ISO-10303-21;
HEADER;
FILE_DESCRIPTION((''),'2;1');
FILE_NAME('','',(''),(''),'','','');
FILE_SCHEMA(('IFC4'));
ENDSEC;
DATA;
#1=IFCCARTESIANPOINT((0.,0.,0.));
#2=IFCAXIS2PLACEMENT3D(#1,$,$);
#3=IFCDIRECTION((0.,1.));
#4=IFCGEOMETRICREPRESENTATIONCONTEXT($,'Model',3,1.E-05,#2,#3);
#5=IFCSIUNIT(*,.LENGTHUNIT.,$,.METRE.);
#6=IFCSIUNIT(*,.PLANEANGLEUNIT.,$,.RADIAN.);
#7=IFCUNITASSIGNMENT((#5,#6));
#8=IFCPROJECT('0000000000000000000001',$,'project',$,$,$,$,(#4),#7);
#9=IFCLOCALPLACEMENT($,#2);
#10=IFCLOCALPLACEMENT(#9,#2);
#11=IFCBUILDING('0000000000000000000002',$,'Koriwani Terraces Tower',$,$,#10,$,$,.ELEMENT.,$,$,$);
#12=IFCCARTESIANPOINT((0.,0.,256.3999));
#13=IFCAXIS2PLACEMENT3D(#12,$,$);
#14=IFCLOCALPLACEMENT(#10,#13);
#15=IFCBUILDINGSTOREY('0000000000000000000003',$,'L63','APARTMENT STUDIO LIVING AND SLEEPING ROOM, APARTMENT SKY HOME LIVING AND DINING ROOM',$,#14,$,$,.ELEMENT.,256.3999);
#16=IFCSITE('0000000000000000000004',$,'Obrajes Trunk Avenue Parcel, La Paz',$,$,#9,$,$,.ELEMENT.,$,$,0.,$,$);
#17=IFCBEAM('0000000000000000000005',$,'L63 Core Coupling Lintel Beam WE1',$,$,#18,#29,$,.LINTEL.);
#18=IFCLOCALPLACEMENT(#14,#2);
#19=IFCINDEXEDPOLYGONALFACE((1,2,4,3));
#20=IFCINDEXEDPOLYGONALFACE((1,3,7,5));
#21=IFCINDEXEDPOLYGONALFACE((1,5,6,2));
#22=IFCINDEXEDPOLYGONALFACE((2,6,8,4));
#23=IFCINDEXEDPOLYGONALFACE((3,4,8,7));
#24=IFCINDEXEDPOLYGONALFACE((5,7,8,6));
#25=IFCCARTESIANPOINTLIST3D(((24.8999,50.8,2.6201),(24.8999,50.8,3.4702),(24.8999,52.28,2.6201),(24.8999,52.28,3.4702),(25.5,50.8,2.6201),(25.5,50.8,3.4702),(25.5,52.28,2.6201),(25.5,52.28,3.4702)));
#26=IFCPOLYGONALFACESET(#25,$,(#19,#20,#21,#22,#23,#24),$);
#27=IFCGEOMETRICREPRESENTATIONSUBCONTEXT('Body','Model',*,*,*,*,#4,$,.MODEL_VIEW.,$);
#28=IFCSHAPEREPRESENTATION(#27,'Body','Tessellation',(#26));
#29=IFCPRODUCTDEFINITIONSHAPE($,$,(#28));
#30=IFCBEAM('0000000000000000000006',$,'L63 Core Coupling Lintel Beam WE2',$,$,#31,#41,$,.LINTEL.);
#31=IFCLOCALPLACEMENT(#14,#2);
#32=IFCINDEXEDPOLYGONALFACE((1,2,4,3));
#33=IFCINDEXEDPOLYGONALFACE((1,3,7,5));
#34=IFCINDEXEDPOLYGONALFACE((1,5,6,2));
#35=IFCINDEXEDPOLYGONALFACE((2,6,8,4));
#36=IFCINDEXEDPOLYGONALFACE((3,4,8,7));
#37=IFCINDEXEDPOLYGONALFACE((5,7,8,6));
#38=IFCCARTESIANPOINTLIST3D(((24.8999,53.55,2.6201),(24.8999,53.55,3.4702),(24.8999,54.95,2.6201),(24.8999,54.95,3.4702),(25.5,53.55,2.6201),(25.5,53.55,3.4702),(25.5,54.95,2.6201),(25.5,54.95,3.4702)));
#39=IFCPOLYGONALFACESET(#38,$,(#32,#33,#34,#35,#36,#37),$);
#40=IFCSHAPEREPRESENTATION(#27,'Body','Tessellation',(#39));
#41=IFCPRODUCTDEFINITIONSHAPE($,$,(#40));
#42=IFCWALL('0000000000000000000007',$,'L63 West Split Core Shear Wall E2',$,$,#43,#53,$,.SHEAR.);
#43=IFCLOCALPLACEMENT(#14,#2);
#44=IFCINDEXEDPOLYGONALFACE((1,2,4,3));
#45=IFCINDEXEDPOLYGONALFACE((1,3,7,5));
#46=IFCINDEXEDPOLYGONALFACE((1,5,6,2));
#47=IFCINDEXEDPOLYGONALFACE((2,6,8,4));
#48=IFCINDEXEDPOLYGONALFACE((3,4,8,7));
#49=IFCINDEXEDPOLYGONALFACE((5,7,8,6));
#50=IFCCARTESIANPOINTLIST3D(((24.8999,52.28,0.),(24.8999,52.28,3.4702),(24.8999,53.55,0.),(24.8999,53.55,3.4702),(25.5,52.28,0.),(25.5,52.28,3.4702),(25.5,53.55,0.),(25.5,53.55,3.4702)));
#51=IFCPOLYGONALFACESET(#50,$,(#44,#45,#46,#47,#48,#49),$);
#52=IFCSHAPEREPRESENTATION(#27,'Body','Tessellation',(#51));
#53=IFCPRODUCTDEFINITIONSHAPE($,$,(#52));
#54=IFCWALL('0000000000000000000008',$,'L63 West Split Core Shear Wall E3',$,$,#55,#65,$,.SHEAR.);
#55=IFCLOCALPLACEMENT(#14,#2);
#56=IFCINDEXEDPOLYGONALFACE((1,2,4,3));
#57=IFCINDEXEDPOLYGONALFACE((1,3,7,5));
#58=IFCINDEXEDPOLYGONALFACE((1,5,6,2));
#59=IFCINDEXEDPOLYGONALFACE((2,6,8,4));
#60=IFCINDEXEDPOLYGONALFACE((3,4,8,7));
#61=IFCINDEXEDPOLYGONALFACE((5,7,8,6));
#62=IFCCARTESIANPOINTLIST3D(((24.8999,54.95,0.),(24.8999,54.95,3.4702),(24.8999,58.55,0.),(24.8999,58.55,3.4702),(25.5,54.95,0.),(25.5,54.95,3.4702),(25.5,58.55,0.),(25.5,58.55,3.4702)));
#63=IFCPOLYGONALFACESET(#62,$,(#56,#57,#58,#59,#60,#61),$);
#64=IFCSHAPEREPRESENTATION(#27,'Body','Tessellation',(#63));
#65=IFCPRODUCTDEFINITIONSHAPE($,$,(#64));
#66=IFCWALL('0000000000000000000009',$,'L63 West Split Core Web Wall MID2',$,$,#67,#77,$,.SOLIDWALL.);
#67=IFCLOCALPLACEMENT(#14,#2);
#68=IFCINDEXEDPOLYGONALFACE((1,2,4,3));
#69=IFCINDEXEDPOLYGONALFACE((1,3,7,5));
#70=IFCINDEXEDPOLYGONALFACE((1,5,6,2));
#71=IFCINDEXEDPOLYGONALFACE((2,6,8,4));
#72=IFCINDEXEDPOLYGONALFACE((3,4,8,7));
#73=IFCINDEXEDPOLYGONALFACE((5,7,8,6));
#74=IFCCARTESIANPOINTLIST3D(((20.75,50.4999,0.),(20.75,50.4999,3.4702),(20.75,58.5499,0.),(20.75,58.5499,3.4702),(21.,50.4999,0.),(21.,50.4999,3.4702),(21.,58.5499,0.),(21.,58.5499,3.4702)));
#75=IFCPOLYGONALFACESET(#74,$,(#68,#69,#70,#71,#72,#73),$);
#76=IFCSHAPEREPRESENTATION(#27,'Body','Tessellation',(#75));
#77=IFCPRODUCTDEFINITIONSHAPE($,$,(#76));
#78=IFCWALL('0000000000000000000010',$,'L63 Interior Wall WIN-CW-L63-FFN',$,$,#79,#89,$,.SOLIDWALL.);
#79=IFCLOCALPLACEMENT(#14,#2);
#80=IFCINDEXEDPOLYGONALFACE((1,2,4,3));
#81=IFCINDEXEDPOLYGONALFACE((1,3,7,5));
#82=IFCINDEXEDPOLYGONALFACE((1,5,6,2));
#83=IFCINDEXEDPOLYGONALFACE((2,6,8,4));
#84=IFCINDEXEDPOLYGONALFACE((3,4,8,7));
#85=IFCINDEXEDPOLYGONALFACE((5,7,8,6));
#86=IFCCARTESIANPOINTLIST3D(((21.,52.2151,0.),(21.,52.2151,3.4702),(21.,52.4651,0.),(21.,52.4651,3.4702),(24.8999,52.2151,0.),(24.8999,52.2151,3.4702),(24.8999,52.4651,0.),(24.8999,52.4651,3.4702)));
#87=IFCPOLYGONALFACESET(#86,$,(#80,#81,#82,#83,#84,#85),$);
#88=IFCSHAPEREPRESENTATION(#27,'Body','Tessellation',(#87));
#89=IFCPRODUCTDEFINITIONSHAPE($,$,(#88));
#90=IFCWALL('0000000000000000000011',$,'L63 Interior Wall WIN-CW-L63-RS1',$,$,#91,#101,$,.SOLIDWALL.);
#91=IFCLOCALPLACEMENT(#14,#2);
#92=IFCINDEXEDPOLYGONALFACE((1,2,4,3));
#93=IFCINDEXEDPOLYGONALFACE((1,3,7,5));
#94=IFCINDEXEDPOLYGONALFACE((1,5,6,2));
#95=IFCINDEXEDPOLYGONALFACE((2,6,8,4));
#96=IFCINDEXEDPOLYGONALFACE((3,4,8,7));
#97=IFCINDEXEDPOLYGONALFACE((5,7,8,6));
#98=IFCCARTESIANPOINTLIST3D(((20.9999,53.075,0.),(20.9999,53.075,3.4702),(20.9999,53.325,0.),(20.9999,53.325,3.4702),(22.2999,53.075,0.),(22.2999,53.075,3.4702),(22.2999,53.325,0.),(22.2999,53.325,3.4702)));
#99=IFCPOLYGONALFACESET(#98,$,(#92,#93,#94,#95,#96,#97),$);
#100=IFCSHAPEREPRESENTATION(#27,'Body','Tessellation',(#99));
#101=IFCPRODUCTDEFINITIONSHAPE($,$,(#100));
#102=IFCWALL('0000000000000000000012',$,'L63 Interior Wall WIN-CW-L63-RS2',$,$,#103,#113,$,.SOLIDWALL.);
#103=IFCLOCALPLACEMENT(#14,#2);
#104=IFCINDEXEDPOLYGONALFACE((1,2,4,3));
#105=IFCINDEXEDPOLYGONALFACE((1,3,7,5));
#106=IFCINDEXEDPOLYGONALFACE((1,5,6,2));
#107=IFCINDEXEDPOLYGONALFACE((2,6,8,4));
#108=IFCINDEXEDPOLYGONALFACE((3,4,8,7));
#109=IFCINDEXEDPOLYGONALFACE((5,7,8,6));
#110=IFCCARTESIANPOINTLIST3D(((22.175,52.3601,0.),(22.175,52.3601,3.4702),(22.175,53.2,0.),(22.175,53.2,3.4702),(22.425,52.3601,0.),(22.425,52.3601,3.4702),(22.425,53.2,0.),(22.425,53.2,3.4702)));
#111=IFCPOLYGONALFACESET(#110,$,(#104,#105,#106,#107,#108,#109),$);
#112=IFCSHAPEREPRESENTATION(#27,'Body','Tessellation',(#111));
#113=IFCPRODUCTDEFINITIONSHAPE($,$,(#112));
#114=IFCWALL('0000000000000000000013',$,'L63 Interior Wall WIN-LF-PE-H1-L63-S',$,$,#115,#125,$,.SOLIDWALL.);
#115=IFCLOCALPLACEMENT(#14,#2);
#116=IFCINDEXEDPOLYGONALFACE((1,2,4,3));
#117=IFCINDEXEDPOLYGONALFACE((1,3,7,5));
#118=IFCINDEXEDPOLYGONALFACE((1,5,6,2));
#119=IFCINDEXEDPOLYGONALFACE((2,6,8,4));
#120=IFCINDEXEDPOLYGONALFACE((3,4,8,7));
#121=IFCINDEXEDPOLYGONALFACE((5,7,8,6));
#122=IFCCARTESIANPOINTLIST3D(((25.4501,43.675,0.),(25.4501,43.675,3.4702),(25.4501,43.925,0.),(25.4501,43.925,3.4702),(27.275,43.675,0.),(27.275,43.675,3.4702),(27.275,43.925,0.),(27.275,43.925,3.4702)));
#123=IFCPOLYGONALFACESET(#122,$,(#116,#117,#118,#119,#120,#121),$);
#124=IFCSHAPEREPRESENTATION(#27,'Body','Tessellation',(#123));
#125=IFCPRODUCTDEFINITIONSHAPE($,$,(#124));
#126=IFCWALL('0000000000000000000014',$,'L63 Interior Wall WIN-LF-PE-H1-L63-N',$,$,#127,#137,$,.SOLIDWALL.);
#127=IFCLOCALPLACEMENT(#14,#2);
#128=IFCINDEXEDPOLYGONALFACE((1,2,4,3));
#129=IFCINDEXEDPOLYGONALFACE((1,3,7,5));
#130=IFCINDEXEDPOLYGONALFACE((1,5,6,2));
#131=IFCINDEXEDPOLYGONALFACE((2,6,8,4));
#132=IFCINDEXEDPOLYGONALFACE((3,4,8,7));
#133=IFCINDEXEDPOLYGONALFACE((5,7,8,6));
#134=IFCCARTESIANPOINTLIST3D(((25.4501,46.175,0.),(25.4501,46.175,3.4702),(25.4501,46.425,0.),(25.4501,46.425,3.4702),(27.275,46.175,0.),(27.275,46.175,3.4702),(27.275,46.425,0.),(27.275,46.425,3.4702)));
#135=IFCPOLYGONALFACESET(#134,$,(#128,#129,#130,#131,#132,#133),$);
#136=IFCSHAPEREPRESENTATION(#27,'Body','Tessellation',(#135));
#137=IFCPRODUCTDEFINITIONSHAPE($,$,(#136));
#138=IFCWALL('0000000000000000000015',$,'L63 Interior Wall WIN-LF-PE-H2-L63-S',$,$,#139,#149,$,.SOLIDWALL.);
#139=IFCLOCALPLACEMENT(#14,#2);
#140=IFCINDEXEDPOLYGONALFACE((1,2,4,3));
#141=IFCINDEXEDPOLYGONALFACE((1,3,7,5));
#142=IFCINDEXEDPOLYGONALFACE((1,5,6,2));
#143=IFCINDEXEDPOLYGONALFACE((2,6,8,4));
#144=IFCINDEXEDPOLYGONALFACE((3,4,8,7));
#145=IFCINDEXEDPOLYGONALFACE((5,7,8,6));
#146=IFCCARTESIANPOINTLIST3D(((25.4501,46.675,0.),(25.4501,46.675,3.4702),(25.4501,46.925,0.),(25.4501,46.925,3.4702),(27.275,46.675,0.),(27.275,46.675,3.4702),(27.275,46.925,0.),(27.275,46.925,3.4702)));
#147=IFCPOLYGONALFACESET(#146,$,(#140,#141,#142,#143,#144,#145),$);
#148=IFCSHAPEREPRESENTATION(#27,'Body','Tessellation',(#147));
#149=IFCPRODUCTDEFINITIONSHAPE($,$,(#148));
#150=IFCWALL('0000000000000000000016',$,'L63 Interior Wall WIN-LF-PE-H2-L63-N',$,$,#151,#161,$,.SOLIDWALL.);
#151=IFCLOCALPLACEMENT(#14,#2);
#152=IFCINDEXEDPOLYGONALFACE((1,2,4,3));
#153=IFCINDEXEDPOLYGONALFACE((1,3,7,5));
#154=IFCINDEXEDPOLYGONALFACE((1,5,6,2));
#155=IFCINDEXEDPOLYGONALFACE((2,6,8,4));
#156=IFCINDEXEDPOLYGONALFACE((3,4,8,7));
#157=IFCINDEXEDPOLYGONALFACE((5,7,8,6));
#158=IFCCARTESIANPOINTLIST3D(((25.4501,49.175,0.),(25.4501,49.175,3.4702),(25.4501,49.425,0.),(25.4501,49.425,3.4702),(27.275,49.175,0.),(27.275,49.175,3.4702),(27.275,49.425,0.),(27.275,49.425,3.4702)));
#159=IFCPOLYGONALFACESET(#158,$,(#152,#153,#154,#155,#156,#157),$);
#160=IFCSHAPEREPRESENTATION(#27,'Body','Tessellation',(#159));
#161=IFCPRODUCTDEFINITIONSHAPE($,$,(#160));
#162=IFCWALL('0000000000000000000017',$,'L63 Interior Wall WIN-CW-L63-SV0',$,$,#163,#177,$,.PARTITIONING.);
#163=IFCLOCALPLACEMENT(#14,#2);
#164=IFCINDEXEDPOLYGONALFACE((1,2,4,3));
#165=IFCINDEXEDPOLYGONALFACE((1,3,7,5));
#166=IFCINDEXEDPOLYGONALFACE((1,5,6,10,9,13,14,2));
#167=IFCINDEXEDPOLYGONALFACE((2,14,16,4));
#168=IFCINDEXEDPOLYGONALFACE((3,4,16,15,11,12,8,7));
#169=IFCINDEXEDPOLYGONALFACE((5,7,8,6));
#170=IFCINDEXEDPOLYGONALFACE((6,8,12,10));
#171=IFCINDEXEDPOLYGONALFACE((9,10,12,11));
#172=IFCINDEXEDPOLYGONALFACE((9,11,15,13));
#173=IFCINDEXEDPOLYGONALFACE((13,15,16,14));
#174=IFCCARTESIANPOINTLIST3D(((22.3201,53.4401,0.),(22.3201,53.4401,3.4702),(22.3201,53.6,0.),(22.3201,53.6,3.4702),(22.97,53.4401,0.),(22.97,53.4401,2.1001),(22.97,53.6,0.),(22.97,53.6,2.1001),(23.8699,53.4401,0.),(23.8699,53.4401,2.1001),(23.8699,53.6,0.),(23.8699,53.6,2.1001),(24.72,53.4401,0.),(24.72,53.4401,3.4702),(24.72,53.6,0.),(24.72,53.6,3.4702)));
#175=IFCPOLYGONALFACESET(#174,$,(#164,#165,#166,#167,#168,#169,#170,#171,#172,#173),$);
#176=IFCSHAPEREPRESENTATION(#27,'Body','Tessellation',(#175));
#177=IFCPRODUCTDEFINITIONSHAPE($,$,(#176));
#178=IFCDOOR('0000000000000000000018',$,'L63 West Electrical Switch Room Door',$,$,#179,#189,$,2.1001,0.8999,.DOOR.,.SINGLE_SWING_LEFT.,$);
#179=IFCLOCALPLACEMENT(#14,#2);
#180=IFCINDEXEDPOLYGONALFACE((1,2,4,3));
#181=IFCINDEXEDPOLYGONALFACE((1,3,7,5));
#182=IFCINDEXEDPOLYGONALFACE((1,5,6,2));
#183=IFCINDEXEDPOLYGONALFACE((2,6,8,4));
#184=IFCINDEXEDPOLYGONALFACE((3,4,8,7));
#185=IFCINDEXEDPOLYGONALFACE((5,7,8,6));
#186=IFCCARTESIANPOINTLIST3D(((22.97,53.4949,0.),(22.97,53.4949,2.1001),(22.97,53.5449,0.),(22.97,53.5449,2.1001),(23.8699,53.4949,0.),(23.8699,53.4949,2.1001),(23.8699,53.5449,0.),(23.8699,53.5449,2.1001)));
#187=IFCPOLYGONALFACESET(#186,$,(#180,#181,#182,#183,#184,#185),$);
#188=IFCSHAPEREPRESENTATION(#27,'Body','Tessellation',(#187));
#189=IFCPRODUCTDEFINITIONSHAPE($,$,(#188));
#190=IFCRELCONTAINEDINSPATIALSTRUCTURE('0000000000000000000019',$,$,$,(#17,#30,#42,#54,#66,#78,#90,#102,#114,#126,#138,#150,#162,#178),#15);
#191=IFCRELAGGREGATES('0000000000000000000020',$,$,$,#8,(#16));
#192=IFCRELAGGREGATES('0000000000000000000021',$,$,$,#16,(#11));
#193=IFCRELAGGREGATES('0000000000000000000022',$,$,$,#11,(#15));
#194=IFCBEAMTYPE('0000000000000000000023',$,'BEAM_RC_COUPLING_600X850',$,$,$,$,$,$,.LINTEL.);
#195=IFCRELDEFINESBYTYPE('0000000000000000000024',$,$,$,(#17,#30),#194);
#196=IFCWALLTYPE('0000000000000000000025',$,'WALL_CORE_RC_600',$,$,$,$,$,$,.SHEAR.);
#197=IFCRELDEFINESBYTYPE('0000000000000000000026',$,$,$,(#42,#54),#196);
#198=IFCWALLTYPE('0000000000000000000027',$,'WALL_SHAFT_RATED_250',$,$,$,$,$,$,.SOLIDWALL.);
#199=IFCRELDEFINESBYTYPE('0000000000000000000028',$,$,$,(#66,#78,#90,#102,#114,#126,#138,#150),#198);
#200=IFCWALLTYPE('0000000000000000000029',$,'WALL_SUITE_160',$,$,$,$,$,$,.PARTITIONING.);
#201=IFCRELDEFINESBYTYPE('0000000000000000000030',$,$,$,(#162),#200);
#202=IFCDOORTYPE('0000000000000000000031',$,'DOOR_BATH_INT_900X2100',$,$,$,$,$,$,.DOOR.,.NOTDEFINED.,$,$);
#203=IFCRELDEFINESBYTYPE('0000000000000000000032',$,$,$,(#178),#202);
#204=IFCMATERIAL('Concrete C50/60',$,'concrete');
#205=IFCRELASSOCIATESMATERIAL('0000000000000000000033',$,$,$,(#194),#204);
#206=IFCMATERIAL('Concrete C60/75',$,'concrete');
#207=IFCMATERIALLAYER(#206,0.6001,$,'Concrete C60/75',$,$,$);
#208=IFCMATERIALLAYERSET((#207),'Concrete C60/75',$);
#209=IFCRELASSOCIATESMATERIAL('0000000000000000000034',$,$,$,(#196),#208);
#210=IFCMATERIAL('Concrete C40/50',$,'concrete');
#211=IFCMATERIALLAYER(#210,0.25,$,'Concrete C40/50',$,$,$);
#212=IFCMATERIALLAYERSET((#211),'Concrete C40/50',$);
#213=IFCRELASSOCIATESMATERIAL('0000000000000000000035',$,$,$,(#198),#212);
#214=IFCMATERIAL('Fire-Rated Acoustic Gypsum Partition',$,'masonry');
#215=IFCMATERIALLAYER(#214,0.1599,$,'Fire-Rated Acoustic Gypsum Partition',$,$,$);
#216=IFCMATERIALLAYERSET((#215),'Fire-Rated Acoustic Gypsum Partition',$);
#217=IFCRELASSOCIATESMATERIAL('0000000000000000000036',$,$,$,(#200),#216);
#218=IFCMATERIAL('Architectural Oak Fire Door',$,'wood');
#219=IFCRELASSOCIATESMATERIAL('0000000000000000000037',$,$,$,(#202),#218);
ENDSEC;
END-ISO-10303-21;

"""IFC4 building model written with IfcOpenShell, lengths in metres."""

from ifc_helpers import new_model, si_unit, direction, frame, frame_2d, origin, origin_2d, place, context, subcontext, project, spatial, rectangle, extrude, material, layer, layer_set, material_profile, profile_set, type_object, element, fill, save


model = new_model("IFC4")

# Units and contexts
model_context = context("Model", 3, precision=1e-05, world=origin(), true_north=direction((0.0, 1.0)))
body_context = subcontext(model_context, "Body", "Model", "MODEL_VIEW")
ifc_project = project(units=[si_unit("LENGTHUNIT", "METRE"), si_unit("PLANEANGLEUNIT", "RADIAN")], contexts=[model_context])

# Site, building, storey
site_placement = place(None, origin())
site = spatial("IfcSite", under=ifc_project, at=site_placement, Name="Obrajes Trunk Avenue Parcel, La Paz", CompositionType="ELEMENT", RefElevation=0.0)
building_placement = place(site_placement, origin())
building = spatial("IfcBuilding", under=site, at=building_placement, Name="Koriwani Terraces Tower", CompositionType="ELEMENT")
storey_placement = place(building_placement, frame((0.0, 0.0, 256.3999)))
storey = spatial("IfcBuildingStorey", under=building, at=storey_placement, Name="L63", Description="APARTMENT STUDIO LIVING AND SLEEPING ROOM, APARTMENT SKY HOME LIVING AND DINING ROOM", CompositionType="ELEMENT", Elevation=256.3999)

# Beams
ifc_material_1 = material(Name="Concrete C50/60", Category="concrete")
ifc_material_profile = material_profile(ifc_material_1, rectangle(XDim=0.6001, YDim=0.8501, at=origin_2d()), Name="Concrete C50/60", Category="LoadBearing")
ifc_profile_set = profile_set([ifc_material_profile], Name="Concrete C50/60")
beam_type = type_object("IfcBeamType", Name="BEAM_RC_COUPLING_600X850", PredefinedType="LINTEL", material=ifc_profile_set)
beam_1_placement = place(storey_placement, frame((25.2, 50.8, 3.0452), z_axis=(0.0, 1.0, 0.0), x_axis=(-1.0, 0.0, 0.0)))
element("IfcBeam", 1, at=beam_1_placement, inside=storey, type_object=beam_type, Name="L63 Core Coupling Lintel Beam WE1", PredefinedType="LINTEL", context=body_context, shape_type="SweptSolid", body=[
    extrude(rectangle(XDim=0.6001, YDim=0.8501, at=origin_2d()), origin(), (0.0, 0.0, 1.0), 1.48),
])
beam_2_placement = place(storey_placement, frame((25.2, 53.55, 3.0452), z_axis=(0.0, 1.0, 0.0), x_axis=(-1.0, 0.0, 0.0)))
element("IfcBeam", 2, at=beam_2_placement, inside=storey, type_object=beam_type, Name="L63 Core Coupling Lintel Beam WE2", PredefinedType="LINTEL", context=body_context, shape_type="SweptSolid", body=[
    extrude(rectangle(XDim=0.6001, YDim=0.8501, at=origin_2d()), origin(), (0.0, 0.0, 1.0), 1.3999),
])

# Walls
ifc_material_2 = material(Name="Concrete C60/75", Category="concrete")
ifc_layer_1 = layer(ifc_material_2, 0.6001, Name="Concrete C60/75")
ifc_layer_set_1 = layer_set([ifc_layer_1], Name="Concrete C60/75")
wall_type_1 = type_object("IfcWallType", Name="WALL_CORE_RC_600", PredefinedType="SHEAR", material=ifc_layer_set_1)
wall_1_placement = place(storey_placement, frame((25.2, 52.28, 0.0), z_axis=(0.0, 0.0, 1.0), x_axis=(0.0, 1.0, 0.0)))
element("IfcWall", 3, at=wall_1_placement, inside=storey, type_object=wall_type_1, Name="L63 West Split Core Shear Wall E2", PredefinedType="SHEAR", context=body_context, shape_type="SweptSolid", body=[
    extrude(rectangle(XDim=1.27, YDim=0.6001, at=frame_2d((0.635, 0.0))), origin(), (0.0, 0.0, 1.0), 3.4702),
])
wall_2_placement = place(storey_placement, frame((25.2, 54.95, 0.0), z_axis=(0.0, 0.0, 1.0), x_axis=(0.0, 1.0, 0.0)))
element("IfcWall", 4, at=wall_2_placement, inside=storey, type_object=wall_type_1, Name="L63 West Split Core Shear Wall E3", PredefinedType="SHEAR", context=body_context, shape_type="SweptSolid", body=[
    extrude(rectangle(XDim=3.6001, YDim=0.6001, at=frame_2d((1.8, 0.0))), origin(), (0.0, 0.0, 1.0), 3.4702),
])
ifc_material_3 = material(Name="Concrete C40/50", Category="concrete")
ifc_layer_2 = layer(ifc_material_3, 0.25, Name="Concrete C40/50")
ifc_layer_set_2 = layer_set([ifc_layer_2], Name="Concrete C40/50")
wall_type_2 = type_object("IfcWallType", Name="WALL_SHAFT_RATED_250", PredefinedType="SOLIDWALL", material=ifc_layer_set_2)
wall_3_placement = place(storey_placement, frame((20.875, 50.5, 0.0), z_axis=(0.0, 0.0, 1.0), x_axis=(0.0, 1.0, 0.0)))
element("IfcWall", 5, at=wall_3_placement, inside=storey, type_object=wall_type_2, Name="L63 West Split Core Web Wall MID2", PredefinedType="SOLIDWALL", context=body_context, shape_type="SweptSolid", body=[
    extrude(rectangle(XDim=8.05, YDim=0.25, at=frame_2d((4.0249, 0.0))), origin(), (0.0, 0.0, 1.0), 3.4702),
])

# Wall
wall_4_placement = place(storey_placement, frame((21.0, 52.3401, 0.0), z_axis=(0.0, 0.0, 1.0), x_axis=(1.0, 0.0, 0.0)))
element("IfcWall", 6, at=wall_4_placement, inside=storey, type_object=wall_type_2, Name="L63 Interior Wall WIN-CW-L63-FFN", PredefinedType="SOLIDWALL", context=body_context, shape_type="SweptSolid", body=[
    extrude(rectangle(XDim=3.8999, YDim=0.25, at=frame_2d((1.95, 0.0))), origin(), (0.0, 0.0, 1.0), 3.4702),
])

# Walls
wall_5_placement = place(storey_placement, frame((21.0, 53.2, 0.0), z_axis=(0.0, 0.0, 1.0), x_axis=(1.0, 0.0, 0.0)))
element("IfcWall", 7, at=wall_5_placement, inside=storey, type_object=wall_type_2, Name="L63 Interior Wall WIN-CW-L63-RS1", PredefinedType="SOLIDWALL", context=body_context, shape_type="SweptSolid", body=[
    extrude(rectangle(XDim=1.3, YDim=0.25, at=frame_2d((0.6499, 0.0))), origin(), (0.0, 0.0, 1.0), 3.4702),
])
wall_6_placement = place(storey_placement, frame((22.3, 52.3601, 0.0), z_axis=(0.0, 0.0, 1.0), x_axis=(0.0, 1.0, 0.0)))
element("IfcWall", 8, at=wall_6_placement, inside=storey, type_object=wall_type_2, Name="L63 Interior Wall WIN-CW-L63-RS2", PredefinedType="SOLIDWALL", context=body_context, shape_type="SweptSolid", body=[
    extrude(rectangle(XDim=0.8398, YDim=0.25, at=frame_2d((0.4199, 0.0))), origin(), (0.0, 0.0, 1.0), 3.4702),
])
for number, where, z_axis, x_axis, name in (
    (9, (25.45, 43.8, 0.0), (0.0, 0.0, 1.0), (1.0, 0.0, 0.0), "L63 Interior Wall WIN-LF-PE-H1-L63-S"),
    (10, (25.45, 46.3, 0.0), (0.0, 0.0, 1.0), (1.0, 0.0, 0.0), "L63 Interior Wall WIN-LF-PE-H1-L63-N"),
    (11, (25.45, 46.8, 0.0), (0.0, 0.0, 1.0), (1.0, 0.0, 0.0), "L63 Interior Wall WIN-LF-PE-H2-L63-S"),
    (12, (25.45, 49.3, 0.0), (0.0, 0.0, 1.0), (1.0, 0.0, 0.0), "L63 Interior Wall WIN-LF-PE-H2-L63-N"),
):
    element("IfcWall", number, at=place(storey_placement, frame(where, z_axis=z_axis, x_axis=x_axis)), inside=storey, type_object=wall_type_2, Name=name, PredefinedType="SOLIDWALL", context=body_context, shape_type="SweptSolid", body=[
        extrude(rectangle(XDim=1.825, YDim=0.25, at=frame_2d((0.9126, 0.0))), origin(), (0.0, 0.0, 1.0), 3.4702),
    ])

# Wall, opening, door
ifc_material_4 = material(Name="Fire-Rated Acoustic Gypsum Partition", Category="masonry")
ifc_layer_3 = layer(ifc_material_4, 0.1599, Name="Fire-Rated Acoustic Gypsum Partition")
ifc_layer_set_3 = layer_set([ifc_layer_3], Name="Fire-Rated Acoustic Gypsum Partition")
wall_type_3 = type_object("IfcWallType", Name="WALL_SUITE_160", PredefinedType="PARTITIONING", material=ifc_layer_set_3)
wall_7_placement = place(storey_placement, frame((22.3201, 53.52, 0.0), z_axis=(0.0, 0.0, 1.0), x_axis=(1.0, 0.0, 0.0)))
wall_7 = element("IfcWall", 13, at=wall_7_placement, inside=storey, type_object=wall_type_3, Name="L63 Interior Wall WIN-CW-L63-SV0", PredefinedType="PARTITIONING", context=body_context, shape_type="SweptSolid", body=[
    extrude(rectangle(XDim=2.3999, YDim=0.1599, at=frame_2d((1.2, 0.0))), origin(), (0.0, 0.0, 1.0), 3.4702),
])
opening_1_placement = place(wall_7_placement, frame((0.6499, 0.0, 0.0)))
opening_1 = element("IfcOpeningElement", 14, at=opening_1_placement, cuts=wall_7, PredefinedType="OPENING", context=body_context, shape_type="SweptSolid", body=[
    extrude(rectangle(XDim=0.8999, YDim=2.1001, at=frame_2d((0.45, 1.05))), frame((0.0, 0.0898, 0.0), z_axis=(0.0, -1.0, 0.0), x_axis=(1.0, 0.0, 0.0)), (0.0, 0.0, 1.0), 0.1799),
])
ifc_material_5 = material(Name="Architectural Oak Fire Door", Category="wood")
door_type_1 = type_object("IfcDoorType", Name="DOOR_BATH_INT_900X2100", OperationType="NOTDEFINED", PredefinedType="DOOR", material=ifc_material_5)
door_1_placement = place(opening_1_placement, origin())
door_1 = element("IfcDoor", 15, at=door_1_placement, inside=storey, type_object=door_type_1, Name="L63 West Electrical Switch Room Door", OperationType="SINGLE_SWING_LEFT", OverallHeight=2.1001, OverallWidth=0.8999, PredefinedType="DOOR", context=body_context, shape_type="SweptSolid", body=[
    extrude(rectangle(XDim=0.8999, YDim=2.1001, at=frame_2d((0.45, 1.05))), frame((0.0, 0.0249, 0.0), z_axis=(0.0, -1.0, 0.0), x_axis=(1.0, 0.0, 0.0)), (0.0, 0.0, 1.0), 0.05),
])
fill(opening_1, door_1)

save(model, "model.ifc")
